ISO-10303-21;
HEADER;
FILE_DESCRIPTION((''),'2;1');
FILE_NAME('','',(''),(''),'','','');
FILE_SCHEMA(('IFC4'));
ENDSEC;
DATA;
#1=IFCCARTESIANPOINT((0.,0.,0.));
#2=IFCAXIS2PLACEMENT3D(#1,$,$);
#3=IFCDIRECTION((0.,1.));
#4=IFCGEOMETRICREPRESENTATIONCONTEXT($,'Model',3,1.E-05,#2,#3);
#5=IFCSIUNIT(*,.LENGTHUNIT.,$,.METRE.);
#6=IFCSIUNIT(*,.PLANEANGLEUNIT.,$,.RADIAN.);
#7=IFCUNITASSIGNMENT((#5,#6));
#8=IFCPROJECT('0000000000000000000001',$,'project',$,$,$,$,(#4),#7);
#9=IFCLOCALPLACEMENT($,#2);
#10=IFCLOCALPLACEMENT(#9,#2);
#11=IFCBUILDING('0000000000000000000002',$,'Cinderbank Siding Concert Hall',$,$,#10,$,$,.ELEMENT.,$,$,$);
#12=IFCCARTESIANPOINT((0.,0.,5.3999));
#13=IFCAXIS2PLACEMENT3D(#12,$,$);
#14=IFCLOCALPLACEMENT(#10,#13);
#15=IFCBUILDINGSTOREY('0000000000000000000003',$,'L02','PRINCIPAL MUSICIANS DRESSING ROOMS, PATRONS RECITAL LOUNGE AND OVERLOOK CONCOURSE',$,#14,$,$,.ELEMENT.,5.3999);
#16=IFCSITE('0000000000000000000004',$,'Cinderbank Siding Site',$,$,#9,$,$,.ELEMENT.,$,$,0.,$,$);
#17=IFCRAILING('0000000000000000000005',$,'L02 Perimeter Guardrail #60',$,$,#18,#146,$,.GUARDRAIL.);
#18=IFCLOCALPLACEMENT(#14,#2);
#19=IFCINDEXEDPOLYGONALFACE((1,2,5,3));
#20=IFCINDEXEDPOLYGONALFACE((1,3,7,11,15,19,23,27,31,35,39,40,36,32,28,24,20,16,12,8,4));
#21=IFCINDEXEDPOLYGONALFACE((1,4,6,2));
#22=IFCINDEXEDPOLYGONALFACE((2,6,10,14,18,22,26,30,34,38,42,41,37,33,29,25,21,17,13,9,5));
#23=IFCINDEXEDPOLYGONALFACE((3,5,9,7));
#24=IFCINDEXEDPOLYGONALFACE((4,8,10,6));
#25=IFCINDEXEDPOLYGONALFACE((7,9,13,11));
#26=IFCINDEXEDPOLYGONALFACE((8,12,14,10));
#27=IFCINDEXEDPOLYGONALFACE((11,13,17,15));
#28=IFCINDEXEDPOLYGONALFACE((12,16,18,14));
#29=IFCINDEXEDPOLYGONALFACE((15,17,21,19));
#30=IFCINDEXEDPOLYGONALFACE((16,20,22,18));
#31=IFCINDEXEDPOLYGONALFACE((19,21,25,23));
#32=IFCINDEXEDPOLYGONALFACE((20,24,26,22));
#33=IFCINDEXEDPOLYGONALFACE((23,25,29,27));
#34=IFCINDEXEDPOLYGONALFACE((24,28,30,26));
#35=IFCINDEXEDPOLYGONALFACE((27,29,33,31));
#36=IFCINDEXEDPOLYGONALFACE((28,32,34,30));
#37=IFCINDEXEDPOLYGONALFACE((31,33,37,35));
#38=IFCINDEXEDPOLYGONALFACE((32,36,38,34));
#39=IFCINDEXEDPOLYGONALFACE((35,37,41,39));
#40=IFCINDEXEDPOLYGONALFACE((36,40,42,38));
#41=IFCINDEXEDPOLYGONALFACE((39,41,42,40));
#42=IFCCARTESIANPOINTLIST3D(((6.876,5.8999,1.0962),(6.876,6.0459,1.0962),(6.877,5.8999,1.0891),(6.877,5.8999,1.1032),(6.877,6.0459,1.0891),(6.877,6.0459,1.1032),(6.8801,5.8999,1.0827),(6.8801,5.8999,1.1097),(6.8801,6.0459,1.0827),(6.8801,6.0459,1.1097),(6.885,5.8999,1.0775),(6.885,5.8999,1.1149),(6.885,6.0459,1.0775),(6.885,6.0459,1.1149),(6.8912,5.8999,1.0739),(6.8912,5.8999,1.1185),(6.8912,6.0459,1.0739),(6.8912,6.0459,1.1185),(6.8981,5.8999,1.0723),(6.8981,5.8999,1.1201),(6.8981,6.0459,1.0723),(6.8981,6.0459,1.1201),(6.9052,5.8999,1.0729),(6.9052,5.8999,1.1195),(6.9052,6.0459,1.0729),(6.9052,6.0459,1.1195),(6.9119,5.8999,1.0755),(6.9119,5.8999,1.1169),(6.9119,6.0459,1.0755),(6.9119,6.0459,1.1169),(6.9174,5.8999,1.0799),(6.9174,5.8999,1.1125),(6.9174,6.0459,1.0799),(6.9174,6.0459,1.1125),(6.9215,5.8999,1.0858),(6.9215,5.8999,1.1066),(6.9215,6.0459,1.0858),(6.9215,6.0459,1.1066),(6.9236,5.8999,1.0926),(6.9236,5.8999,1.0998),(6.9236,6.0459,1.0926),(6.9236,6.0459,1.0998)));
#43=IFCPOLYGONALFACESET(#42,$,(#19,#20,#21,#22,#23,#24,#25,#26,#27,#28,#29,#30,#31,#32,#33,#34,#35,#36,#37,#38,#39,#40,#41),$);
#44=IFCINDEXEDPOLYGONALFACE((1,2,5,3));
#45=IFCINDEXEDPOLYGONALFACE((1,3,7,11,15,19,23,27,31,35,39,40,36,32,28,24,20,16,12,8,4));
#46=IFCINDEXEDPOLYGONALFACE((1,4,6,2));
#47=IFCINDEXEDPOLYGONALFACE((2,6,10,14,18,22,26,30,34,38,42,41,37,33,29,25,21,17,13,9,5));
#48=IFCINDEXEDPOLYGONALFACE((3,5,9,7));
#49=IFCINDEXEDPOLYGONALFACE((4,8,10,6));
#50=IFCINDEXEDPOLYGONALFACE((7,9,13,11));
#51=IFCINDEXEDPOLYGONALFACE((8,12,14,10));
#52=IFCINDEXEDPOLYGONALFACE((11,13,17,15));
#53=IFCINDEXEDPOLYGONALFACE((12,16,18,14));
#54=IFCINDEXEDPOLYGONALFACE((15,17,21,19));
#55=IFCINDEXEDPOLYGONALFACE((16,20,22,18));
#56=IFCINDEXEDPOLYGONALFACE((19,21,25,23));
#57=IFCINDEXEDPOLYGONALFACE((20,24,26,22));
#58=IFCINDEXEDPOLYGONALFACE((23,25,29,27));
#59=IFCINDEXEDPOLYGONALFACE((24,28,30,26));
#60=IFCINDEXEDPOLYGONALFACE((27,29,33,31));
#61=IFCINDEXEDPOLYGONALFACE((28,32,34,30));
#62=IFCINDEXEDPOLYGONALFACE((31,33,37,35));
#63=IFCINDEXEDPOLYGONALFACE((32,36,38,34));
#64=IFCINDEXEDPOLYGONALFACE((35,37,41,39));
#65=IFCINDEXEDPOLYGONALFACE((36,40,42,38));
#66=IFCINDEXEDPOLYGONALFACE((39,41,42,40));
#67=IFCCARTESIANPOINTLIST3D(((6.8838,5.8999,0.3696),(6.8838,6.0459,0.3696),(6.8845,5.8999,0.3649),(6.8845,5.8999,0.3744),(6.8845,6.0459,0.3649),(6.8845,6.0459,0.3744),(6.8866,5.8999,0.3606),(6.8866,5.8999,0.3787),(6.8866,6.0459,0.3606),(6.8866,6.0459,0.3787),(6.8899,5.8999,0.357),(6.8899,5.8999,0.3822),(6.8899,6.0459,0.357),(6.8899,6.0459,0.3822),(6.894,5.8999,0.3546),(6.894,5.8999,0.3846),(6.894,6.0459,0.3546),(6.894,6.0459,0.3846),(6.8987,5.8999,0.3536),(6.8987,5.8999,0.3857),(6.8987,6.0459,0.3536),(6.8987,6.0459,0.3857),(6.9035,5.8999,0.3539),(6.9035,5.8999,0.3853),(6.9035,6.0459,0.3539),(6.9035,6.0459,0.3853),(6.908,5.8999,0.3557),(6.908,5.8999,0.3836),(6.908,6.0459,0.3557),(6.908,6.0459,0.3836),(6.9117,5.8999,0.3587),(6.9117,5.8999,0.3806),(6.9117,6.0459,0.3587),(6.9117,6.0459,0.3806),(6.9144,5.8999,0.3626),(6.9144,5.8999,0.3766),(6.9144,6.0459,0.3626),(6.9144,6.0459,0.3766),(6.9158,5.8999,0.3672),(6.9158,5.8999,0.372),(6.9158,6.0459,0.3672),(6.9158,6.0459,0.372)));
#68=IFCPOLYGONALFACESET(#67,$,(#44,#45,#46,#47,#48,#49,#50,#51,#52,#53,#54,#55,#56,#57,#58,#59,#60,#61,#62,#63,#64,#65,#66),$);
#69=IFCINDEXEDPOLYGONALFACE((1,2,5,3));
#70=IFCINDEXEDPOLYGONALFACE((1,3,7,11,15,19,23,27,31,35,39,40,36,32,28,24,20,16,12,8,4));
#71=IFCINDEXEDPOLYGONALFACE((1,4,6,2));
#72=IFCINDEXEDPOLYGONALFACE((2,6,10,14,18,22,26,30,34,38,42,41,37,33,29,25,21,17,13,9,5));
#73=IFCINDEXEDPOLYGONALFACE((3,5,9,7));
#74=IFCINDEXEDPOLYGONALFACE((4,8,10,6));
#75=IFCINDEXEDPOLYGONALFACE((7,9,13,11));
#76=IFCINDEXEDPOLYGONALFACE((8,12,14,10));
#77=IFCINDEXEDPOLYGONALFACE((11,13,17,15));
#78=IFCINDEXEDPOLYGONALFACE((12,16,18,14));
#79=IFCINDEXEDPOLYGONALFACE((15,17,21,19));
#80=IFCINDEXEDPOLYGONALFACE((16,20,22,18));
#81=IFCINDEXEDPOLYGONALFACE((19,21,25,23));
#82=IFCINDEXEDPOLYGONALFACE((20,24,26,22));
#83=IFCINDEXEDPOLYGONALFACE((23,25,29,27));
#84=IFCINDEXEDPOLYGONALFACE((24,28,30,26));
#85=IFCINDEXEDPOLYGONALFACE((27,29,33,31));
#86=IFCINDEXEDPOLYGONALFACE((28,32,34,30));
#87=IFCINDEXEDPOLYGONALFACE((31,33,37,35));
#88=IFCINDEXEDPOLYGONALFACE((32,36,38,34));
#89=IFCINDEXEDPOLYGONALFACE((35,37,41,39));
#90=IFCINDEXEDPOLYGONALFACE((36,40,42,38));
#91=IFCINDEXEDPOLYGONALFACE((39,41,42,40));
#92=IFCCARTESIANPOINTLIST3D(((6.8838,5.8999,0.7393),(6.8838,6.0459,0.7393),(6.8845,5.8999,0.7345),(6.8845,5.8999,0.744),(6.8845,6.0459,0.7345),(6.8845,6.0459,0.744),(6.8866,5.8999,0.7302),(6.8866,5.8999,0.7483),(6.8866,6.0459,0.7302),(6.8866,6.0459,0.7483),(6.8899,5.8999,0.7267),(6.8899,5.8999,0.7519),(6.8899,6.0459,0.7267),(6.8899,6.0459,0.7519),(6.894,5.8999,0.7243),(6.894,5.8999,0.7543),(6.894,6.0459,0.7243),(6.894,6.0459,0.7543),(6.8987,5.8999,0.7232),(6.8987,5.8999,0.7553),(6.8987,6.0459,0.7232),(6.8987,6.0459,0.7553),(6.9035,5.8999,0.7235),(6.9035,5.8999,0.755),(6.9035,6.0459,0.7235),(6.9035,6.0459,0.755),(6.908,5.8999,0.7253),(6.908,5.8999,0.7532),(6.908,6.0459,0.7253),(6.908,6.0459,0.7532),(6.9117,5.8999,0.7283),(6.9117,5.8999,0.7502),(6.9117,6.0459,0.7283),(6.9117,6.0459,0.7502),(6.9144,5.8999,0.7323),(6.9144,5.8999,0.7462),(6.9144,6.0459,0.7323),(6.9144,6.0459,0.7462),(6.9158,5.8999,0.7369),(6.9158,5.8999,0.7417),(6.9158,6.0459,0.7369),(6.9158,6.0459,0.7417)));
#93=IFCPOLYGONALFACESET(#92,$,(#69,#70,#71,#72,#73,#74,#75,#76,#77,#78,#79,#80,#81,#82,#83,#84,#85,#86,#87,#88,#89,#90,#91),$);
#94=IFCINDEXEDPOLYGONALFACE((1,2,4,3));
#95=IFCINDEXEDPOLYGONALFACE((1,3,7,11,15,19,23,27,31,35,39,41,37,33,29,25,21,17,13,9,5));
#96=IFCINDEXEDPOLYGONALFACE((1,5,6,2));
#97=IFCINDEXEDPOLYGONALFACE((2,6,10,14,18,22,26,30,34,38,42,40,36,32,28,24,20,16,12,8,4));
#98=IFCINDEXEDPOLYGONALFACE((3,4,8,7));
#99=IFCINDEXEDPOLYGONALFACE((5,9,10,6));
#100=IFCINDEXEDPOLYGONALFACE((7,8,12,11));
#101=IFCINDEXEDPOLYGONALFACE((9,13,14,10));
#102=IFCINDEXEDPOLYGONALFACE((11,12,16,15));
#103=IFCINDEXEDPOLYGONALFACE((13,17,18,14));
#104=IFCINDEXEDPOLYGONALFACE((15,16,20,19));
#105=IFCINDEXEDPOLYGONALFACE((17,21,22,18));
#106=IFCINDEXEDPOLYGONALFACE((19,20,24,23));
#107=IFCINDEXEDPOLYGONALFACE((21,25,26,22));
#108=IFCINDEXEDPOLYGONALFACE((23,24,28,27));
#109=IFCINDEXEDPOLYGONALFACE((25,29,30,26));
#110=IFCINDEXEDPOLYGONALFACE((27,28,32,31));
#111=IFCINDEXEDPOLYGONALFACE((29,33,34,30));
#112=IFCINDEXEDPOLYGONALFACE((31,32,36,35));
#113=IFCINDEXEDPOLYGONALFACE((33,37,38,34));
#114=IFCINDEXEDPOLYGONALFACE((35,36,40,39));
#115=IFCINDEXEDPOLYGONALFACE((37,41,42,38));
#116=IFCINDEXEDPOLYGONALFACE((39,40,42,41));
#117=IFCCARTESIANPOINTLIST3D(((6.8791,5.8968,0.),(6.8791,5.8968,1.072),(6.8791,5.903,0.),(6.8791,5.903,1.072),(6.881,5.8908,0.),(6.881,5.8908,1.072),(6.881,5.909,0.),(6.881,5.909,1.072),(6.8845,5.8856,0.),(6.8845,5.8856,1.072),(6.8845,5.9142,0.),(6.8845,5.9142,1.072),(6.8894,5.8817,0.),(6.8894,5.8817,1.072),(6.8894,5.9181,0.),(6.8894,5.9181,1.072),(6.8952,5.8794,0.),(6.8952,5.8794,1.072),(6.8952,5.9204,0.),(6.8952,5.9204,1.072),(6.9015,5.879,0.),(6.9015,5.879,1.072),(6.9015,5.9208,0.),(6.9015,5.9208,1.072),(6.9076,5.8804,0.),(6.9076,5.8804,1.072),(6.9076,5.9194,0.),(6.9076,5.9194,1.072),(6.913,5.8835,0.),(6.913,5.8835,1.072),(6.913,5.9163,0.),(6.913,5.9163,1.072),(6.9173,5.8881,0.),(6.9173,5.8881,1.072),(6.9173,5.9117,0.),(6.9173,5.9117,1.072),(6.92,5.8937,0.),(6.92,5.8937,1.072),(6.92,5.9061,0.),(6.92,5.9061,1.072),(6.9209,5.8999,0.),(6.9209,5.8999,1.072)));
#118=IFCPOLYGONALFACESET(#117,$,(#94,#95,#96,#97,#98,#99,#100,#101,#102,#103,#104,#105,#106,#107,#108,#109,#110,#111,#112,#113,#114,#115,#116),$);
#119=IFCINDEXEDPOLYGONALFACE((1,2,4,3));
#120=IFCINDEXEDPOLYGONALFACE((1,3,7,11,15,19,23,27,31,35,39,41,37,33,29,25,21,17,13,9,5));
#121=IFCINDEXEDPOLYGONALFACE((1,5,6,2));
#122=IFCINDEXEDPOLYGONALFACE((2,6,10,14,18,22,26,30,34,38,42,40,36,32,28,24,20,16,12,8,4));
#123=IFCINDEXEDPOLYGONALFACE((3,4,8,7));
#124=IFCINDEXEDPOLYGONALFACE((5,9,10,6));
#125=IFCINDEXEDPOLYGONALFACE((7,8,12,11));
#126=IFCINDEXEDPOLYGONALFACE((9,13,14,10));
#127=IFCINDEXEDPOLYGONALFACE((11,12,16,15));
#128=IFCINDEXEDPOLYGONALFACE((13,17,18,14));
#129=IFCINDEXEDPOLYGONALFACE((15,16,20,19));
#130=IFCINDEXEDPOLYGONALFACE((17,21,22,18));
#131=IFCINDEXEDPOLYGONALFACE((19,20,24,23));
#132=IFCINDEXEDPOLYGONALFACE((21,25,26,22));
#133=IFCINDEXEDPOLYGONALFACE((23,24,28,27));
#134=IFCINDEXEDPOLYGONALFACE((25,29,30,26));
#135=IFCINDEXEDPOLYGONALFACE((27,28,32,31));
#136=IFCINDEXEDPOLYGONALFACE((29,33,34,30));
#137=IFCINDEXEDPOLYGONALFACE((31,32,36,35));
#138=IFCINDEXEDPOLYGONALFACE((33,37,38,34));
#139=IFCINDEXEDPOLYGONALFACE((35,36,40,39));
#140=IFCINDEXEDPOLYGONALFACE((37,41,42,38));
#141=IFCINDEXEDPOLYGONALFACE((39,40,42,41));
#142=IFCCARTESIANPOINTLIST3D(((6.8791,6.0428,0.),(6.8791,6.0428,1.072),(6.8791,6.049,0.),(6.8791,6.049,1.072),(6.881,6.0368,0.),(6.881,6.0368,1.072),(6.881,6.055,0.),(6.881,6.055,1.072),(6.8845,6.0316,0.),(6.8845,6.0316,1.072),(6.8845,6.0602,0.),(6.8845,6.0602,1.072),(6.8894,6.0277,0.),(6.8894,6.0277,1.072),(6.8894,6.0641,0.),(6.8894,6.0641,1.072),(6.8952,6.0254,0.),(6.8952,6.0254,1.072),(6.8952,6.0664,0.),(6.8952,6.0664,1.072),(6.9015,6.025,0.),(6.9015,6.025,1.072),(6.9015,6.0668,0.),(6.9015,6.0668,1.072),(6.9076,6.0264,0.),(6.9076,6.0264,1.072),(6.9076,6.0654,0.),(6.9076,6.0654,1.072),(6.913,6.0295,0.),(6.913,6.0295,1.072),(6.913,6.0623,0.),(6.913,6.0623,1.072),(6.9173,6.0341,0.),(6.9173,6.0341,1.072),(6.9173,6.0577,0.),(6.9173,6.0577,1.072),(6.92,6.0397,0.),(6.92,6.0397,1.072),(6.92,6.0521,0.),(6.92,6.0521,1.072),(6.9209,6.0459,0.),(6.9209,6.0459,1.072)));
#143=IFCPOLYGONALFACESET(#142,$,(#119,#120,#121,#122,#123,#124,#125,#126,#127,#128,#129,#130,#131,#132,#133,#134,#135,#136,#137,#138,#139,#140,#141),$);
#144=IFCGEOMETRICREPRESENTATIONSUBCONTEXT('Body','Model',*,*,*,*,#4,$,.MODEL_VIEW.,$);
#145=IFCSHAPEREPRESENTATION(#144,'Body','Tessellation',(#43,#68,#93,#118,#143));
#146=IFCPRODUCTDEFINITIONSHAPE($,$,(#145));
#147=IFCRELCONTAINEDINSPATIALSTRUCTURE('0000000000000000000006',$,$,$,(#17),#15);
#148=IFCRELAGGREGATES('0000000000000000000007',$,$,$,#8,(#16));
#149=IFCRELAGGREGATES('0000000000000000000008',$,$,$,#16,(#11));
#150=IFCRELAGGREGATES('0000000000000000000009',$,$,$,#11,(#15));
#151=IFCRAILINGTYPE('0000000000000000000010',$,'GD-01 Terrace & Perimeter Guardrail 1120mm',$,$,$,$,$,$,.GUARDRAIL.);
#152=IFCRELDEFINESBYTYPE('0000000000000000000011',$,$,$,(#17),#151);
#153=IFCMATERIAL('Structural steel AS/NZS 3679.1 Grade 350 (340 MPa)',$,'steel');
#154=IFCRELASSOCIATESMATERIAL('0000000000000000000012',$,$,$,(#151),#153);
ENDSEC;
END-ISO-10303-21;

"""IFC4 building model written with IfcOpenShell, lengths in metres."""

from ifc_helpers import new_model, si_unit, direction, frame, origin, origin_2d, place, context, subcontext, project, spatial, circle, extrude, material, type_object, element, save


model = new_model("IFC4")

# Units and contexts
model_context = context("Model", 3, precision=1e-05, world=origin(), true_north=direction((0.0, 1.0)))
body_context = subcontext(model_context, "Body", "Model", "MODEL_VIEW")
ifc_project = project(units=[si_unit("LENGTHUNIT", "METRE"), si_unit("PLANEANGLEUNIT", "RADIAN")], contexts=[model_context])

# Site, building, storey
site_placement = place(None, origin())
site = spatial("IfcSite", under=ifc_project, at=site_placement, Name="Cinderbank Siding Site", CompositionType="ELEMENT", RefElevation=0.0)
building_placement = place(site_placement, origin())
building = spatial("IfcBuilding", under=site, at=building_placement, Name="Cinderbank Siding Concert Hall", CompositionType="ELEMENT")
storey_placement = place(building_placement, frame((0.0, 0.0, 5.3999)))
storey = spatial("IfcBuildingStorey", under=building, at=storey_placement, Name="L02", Description="PRINCIPAL MUSICIANS DRESSING ROOMS, PATRONS RECITAL LOUNGE AND OVERLOOK CONCOURSE", CompositionType="ELEMENT", Elevation=5.3999)

# Shared definitions
ifc_material_1 = material(Name="Structural steel AS/NZS 3679.1 Grade 350 (340 MPa)", Category="steel")

# Railing
railing_type = type_object("IfcRailingType", Name="GD-01 Terrace & Perimeter Guardrail 1120mm", PredefinedType="GUARDRAIL", material=ifc_material_1)
railing_1_placement = place(storey_placement, frame((6.8999, 5.8999, 0.0)))
element("IfcRailing", 1, at=railing_1_placement, inside=storey, type_object=railing_type, Name="L02 Perimeter Guardrail #60", PredefinedType="GUARDRAIL", context=body_context, shape_type="SweptSolid", body=[
    extrude(circle(Radius=0.0239, at=origin_2d()), frame((0.0, 0.0, 1.0962), z_axis=(0.0, 1.0, 0.0), x_axis=(-1.0, 0.0, 0.0)), (0.0, 0.0, 1.0), 0.146),
    extrude(circle(Radius=0.0161, at=origin_2d()), frame((0.0, 0.0, 0.3696), z_axis=(0.0, 1.0, 0.0), x_axis=(-1.0, 0.0, 0.0)), (0.0, 0.0, 1.0), 0.146),
    extrude(circle(Radius=0.0161, at=origin_2d()), frame((0.0, 0.0, 0.7393), z_axis=(0.0, 1.0, 0.0), x_axis=(-1.0, 0.0, 0.0)), (0.0, 0.0, 1.0), 0.146),
    extrude(circle(Radius=0.021, at=origin_2d()), origin(), (0.0, 0.0, 1.0), 1.072),
    extrude(circle(Radius=0.021, at=origin_2d()), frame((0.0, 0.146, 0.0)), (0.0, 0.0, 1.0), 1.072),
])

save(model, "model.ifc")
